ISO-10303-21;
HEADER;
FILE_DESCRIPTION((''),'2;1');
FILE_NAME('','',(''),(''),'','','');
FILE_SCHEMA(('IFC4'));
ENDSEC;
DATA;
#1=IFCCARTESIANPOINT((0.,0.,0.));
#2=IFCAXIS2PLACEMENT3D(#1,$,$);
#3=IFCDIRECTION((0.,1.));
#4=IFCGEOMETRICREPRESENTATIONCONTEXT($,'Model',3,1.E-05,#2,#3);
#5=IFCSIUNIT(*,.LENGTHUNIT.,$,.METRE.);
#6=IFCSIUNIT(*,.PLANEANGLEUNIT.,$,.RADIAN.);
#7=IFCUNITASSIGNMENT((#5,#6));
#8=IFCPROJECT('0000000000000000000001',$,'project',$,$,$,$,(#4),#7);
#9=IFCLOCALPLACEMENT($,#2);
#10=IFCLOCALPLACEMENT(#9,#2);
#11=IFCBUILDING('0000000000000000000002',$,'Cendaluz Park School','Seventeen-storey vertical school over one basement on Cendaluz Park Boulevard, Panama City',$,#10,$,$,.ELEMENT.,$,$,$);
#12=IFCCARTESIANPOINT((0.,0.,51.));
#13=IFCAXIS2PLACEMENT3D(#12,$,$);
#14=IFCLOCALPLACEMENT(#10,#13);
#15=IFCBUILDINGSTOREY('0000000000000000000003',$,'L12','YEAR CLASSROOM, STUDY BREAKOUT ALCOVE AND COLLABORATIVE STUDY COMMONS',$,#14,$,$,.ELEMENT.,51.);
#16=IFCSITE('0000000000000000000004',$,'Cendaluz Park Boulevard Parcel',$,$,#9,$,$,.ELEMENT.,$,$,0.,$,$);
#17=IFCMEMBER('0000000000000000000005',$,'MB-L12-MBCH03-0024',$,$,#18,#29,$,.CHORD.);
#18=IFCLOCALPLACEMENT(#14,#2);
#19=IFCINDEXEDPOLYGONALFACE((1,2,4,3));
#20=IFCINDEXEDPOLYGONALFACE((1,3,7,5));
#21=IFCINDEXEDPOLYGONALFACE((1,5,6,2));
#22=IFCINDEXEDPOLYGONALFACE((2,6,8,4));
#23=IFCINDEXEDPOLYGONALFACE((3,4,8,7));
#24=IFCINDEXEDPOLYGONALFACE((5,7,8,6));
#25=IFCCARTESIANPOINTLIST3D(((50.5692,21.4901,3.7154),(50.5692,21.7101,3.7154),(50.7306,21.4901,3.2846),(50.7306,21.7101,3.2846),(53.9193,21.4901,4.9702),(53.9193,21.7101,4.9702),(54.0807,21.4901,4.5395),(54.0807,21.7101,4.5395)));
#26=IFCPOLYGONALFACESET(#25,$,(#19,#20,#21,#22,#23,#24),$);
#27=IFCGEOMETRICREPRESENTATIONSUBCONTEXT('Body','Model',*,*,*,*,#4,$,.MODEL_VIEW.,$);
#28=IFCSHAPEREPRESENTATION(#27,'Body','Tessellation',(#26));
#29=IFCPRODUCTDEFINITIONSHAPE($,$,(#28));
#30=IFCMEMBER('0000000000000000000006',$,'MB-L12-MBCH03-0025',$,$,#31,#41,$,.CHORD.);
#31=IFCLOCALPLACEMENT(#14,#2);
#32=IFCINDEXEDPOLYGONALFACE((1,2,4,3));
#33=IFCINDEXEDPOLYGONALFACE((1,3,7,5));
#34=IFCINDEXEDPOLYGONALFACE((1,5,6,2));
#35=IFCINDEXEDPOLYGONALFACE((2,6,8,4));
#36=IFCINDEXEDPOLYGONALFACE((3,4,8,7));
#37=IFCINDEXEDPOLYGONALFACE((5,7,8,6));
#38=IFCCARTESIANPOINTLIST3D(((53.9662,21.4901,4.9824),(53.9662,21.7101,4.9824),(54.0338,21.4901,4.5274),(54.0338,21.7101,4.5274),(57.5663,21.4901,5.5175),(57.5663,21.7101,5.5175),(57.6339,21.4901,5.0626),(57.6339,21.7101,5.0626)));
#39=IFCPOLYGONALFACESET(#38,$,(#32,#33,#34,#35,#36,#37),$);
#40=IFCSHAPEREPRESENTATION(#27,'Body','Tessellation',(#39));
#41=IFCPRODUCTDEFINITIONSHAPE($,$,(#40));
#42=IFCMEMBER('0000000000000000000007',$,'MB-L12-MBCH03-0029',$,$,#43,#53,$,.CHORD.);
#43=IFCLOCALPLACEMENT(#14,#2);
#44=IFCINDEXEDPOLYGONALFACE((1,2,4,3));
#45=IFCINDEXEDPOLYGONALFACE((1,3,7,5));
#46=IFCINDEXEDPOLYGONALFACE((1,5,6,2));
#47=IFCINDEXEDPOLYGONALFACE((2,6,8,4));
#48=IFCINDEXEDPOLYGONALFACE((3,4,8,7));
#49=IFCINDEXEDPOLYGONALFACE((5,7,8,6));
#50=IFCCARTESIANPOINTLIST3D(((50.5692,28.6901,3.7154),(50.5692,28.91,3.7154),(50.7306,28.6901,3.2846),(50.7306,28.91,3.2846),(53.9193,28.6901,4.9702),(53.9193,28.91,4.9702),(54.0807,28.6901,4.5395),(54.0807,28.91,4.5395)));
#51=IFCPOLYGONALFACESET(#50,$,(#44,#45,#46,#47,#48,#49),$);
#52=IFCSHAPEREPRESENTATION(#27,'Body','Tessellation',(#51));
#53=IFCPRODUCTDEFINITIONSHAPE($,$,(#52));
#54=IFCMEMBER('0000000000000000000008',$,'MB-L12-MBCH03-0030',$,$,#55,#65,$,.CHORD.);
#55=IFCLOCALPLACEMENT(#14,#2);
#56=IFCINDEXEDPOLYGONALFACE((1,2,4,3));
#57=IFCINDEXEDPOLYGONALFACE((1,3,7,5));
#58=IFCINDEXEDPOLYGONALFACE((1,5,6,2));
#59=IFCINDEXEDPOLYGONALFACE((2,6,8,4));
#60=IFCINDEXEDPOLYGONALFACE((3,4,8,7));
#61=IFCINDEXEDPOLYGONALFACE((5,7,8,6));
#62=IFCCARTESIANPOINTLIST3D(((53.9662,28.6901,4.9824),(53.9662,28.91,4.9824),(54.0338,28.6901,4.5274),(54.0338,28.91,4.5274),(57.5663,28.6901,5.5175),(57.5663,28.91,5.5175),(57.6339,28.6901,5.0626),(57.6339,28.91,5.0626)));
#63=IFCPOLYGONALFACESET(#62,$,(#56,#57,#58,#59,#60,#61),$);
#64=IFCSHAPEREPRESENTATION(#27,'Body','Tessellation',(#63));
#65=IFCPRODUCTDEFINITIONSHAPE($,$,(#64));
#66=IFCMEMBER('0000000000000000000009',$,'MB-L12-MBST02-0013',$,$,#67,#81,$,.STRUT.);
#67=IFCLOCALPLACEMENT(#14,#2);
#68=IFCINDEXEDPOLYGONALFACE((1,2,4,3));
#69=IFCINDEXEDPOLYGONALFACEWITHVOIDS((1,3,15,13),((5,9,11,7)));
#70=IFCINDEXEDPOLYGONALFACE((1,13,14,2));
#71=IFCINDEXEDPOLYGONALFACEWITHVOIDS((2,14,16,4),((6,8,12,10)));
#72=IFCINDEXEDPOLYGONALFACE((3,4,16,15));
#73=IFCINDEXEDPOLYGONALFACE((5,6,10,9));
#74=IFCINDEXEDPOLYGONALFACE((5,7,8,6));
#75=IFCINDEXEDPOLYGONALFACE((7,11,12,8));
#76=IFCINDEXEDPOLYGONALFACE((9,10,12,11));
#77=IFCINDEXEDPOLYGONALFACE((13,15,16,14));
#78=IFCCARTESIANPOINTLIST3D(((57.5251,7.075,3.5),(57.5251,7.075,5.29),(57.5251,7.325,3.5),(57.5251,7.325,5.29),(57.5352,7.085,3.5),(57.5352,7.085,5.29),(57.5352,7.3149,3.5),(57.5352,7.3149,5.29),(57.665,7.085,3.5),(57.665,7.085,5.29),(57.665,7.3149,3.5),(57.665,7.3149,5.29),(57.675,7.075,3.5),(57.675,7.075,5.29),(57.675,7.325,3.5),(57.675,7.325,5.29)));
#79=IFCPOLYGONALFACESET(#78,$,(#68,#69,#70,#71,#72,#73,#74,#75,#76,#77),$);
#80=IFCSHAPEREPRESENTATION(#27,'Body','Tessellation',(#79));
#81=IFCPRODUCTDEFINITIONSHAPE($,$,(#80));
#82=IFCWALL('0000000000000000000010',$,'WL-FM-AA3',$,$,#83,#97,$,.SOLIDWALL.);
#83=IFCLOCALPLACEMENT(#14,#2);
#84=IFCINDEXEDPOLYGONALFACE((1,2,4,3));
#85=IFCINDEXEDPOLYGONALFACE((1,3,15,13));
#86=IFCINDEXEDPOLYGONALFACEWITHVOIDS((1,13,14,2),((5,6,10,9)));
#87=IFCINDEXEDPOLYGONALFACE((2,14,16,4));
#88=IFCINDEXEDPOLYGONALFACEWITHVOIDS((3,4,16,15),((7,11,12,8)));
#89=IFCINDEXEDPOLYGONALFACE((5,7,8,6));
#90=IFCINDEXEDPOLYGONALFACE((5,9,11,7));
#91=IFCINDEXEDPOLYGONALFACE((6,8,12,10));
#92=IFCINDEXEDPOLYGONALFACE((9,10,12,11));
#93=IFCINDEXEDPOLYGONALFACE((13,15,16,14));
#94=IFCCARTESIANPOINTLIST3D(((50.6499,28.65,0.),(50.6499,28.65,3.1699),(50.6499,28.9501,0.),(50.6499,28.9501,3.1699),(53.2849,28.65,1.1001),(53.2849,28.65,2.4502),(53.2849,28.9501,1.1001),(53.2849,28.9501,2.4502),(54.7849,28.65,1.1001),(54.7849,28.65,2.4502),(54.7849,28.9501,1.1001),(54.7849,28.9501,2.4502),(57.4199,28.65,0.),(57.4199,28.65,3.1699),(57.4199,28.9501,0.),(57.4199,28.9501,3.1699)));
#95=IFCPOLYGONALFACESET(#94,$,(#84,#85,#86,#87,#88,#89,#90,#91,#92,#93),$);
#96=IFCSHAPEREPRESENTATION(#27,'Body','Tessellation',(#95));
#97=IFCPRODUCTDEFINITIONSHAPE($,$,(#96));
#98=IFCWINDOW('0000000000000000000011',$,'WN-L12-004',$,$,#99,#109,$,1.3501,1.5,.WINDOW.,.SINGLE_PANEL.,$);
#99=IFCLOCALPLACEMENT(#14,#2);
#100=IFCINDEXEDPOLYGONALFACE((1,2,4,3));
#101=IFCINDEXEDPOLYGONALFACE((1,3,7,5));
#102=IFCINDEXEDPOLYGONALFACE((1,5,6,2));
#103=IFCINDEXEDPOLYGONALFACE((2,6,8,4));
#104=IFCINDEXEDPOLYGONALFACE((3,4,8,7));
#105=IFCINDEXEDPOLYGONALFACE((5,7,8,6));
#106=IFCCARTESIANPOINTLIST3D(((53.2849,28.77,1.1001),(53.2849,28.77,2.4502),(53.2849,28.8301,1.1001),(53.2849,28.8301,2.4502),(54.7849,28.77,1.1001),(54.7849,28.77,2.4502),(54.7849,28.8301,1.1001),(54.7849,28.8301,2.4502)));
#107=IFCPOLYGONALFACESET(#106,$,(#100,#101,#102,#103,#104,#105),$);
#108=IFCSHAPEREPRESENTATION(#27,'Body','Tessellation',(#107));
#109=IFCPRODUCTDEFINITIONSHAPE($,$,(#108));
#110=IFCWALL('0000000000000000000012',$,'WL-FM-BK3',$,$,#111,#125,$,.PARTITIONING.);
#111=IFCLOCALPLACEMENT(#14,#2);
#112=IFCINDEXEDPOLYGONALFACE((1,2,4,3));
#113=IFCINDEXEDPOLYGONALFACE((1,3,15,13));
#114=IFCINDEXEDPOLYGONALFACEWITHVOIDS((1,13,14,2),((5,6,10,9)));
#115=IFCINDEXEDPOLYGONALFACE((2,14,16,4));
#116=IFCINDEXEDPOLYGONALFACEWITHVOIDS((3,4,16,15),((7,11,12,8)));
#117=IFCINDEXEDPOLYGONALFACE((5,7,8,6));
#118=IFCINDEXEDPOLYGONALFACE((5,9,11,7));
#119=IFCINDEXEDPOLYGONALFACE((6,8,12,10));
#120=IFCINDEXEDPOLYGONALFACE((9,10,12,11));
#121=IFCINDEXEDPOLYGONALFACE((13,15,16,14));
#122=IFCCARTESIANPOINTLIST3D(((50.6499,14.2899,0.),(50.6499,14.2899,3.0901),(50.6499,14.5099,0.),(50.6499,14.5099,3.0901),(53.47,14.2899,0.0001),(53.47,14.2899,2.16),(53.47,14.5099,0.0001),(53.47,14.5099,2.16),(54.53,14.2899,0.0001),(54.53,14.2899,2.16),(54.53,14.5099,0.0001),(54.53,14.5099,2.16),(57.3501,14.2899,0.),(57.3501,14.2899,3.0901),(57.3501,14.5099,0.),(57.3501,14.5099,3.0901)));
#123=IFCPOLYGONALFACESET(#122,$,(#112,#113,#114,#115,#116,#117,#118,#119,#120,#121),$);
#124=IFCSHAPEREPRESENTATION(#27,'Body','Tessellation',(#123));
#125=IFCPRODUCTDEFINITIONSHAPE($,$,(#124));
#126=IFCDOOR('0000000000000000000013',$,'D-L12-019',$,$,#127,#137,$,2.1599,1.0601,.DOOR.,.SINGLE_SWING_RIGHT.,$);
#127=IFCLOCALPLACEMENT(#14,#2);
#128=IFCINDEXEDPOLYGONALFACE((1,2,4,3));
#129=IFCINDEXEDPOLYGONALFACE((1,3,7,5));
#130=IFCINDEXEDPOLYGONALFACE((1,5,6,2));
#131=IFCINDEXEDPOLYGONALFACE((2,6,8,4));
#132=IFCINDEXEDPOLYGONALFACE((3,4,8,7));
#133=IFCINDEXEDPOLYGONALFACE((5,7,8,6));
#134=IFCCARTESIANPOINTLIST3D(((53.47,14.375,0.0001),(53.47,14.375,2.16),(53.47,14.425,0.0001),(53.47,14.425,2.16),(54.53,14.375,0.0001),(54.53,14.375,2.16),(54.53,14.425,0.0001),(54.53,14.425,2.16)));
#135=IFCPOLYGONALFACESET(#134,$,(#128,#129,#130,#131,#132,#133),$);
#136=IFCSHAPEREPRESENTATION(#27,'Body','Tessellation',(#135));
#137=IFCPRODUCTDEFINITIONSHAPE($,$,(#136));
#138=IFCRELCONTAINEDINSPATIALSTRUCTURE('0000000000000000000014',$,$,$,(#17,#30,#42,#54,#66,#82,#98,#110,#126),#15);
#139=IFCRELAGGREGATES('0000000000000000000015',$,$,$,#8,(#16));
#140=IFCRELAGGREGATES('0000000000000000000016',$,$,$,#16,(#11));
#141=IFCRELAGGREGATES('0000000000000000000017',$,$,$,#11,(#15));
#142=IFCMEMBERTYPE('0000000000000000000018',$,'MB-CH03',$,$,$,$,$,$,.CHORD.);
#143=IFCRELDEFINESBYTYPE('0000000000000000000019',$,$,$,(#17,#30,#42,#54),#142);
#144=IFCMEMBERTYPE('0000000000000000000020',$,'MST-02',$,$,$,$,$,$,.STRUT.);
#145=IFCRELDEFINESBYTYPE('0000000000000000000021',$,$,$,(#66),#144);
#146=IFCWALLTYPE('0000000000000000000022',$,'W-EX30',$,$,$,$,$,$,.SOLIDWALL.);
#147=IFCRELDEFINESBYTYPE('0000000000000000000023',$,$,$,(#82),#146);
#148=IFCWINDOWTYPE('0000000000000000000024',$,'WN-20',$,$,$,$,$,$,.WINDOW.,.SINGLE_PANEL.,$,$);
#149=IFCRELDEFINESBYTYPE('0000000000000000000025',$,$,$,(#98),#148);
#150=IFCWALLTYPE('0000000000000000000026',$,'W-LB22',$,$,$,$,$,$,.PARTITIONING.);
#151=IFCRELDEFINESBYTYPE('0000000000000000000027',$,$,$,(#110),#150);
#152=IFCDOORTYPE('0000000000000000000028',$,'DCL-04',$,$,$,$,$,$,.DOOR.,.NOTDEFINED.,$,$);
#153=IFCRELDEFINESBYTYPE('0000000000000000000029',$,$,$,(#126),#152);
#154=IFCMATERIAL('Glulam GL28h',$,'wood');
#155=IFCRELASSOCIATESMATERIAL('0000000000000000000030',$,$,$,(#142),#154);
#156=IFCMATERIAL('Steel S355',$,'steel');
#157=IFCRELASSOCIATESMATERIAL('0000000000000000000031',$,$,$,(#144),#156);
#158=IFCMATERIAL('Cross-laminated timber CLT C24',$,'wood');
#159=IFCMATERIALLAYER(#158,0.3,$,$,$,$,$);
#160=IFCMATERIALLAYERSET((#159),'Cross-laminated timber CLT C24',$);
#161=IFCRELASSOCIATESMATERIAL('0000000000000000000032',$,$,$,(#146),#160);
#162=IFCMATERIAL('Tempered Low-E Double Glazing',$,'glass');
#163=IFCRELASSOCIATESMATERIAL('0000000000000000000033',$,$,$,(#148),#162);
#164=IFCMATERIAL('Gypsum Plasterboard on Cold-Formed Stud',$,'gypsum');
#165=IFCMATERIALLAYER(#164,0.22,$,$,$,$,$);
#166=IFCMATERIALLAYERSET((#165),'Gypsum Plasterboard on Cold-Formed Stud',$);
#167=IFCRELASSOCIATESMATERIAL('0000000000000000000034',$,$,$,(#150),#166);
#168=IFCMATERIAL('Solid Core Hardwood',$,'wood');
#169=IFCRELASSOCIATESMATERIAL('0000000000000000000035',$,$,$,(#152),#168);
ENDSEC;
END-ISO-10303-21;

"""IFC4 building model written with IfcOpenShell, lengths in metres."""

from ifc_helpers import new_model, si_unit, direction, frame, frame_2d, origin, origin_2d, place, context, subcontext, project, spatial, rectangle, hollow_rectangle, extrude, material, layer, layer_set, material_profile, profile_set, type_object, element, fill, save


model = new_model("IFC4")

# Units and contexts
model_context = context("Model", 3, precision=1e-05, world=origin(), true_north=direction((0.0, 1.0)))
body_context = subcontext(model_context, "Body", "Model", "MODEL_VIEW")
ifc_project = project(units=[si_unit("LENGTHUNIT", "METRE"), si_unit("PLANEANGLEUNIT", "RADIAN")], contexts=[model_context])

# Site, building, storey
site_placement = place(None, origin())
site = spatial("IfcSite", under=ifc_project, at=site_placement, Name="Cendaluz Park Boulevard Parcel", CompositionType="ELEMENT", RefElevation=0.0)
building_placement = place(site_placement, origin())
building = spatial("IfcBuilding", under=site, at=building_placement, Name="Cendaluz Park School", Description="Seventeen-storey vertical school over one basement on Cendaluz Park Boulevard, Panama City", CompositionType="ELEMENT")
storey_placement = place(building_placement, frame((0.0, 0.0, 51.0)))
storey = spatial("IfcBuildingStorey", under=building, at=storey_placement, Name="L12", Description="YEAR CLASSROOM, STUDY BREAKOUT ALCOVE AND COLLABORATIVE STUDY COMMONS", CompositionType="ELEMENT", Elevation=51.0)

# Shared definitions
ifc_material_1 = material(Name="Glulam GL28h", Category="wood")

# Members
ifc_material_profile_1 = material_profile(ifc_material_1, rectangle(XDim=0.22, YDim=0.46, at=origin_2d()), Name="GL28h 220x460", Category="wood")
ifc_profile_set_1 = profile_set([ifc_material_profile_1], Name="Glulam GL28h")
member_type_1 = type_object("IfcMemberType", Name="MB-CH03", PredefinedType="CHORD", material=ifc_profile_set_1)
member_1_placement = place(storey_placement, frame((50.6499, 21.6001, 3.5), z_axis=(0.936458, 0.0, 0.350779), x_axis=(0.0, 1.0, 0.0)))
element("IfcMember", 1, at=member_1_placement, inside=storey, type_object=member_type_1, Name="MB-L12-MBCH03-0024", PredefinedType="CHORD", context=body_context, shape_type="SweptSolid", body=[
    extrude(rectangle(XDim=0.22, YDim=0.46, at=origin_2d()), origin(), (0.0, 0.0, 1.0), 3.5774),
])
member_2_placement = place(storey_placement, frame((54.0, 21.6001, 4.7549), z_axis=(0.989131, 0.0, 0.147035), x_axis=(0.0, 1.0, 0.0)))
element("IfcMember", 2, at=member_2_placement, inside=storey, type_object=member_type_1, Name="MB-L12-MBCH03-0025", PredefinedType="CHORD", context=body_context, shape_type="SweptSolid", body=[
    extrude(rectangle(XDim=0.22, YDim=0.46, at=origin_2d()), origin(), (0.0, 0.0, 1.0), 3.6396),
])
member_3_placement = place(storey_placement, frame((50.6499, 28.8, 3.5), z_axis=(0.936458, 0.0, 0.350779), x_axis=(0.0, 1.0, 0.0)))
element("IfcMember", 3, at=member_3_placement, inside=storey, type_object=member_type_1, Name="MB-L12-MBCH03-0029", PredefinedType="CHORD", context=body_context, shape_type="SweptSolid", body=[
    extrude(rectangle(XDim=0.22, YDim=0.46, at=origin_2d()), origin(), (0.0, 0.0, 1.0), 3.5774),
])
member_4_placement = place(storey_placement, frame((54.0, 28.8, 4.7549), z_axis=(0.989131, 0.0, 0.147035), x_axis=(0.0, 1.0, 0.0)))
element("IfcMember", 4, at=member_4_placement, inside=storey, type_object=member_type_1, Name="MB-L12-MBCH03-0030", PredefinedType="CHORD", context=body_context, shape_type="SweptSolid", body=[
    extrude(rectangle(XDim=0.22, YDim=0.46, at=origin_2d()), origin(), (0.0, 0.0, 1.0), 3.6396),
])
ifc_material_2 = material(Name="Steel S355", Category="steel")
ifc_material_profile_2 = material_profile(ifc_material_2, hollow_rectangle(XDim=0.1499, YDim=0.25, WallThickness=0.01, at=origin_2d()), Name="RHS 250x150x10", Category="steel")
ifc_profile_set_2 = profile_set([ifc_material_profile_2], Name="Steel S355")
member_type_2 = type_object("IfcMemberType", Name="MST-02", PredefinedType="STRUT", material=ifc_profile_set_2)
member_5_placement = place(storey_placement, frame((57.6001, 7.2, 3.5), z_axis=(0.0, 0.0, 1.0), x_axis=(1.0, 0.0, 0.0)))
element("IfcMember", 5, at=member_5_placement, inside=storey, type_object=member_type_2, Name="MB-L12-MBST02-0013", PredefinedType="STRUT", context=body_context, shape_type="SweptSolid", body=[
    extrude(hollow_rectangle(XDim=0.1499, YDim=0.25, WallThickness=0.01, at=origin_2d()), origin(), (0.0, 0.0, 1.0), 1.79),
])

# Wall, opening, window
ifc_material_3 = material(Name="Cross-laminated timber CLT C24", Category="wood")
ifc_layer_1 = layer(ifc_material_3, 0.3)
ifc_layer_set_1 = layer_set([ifc_layer_1], Name="Cross-laminated timber CLT C24")
wall_type_1 = type_object("IfcWallType", Name="W-EX30", PredefinedType="SOLIDWALL", material=ifc_layer_set_1)
wall_1_placement = place(storey_placement, frame((50.6499, 28.8, 0.0), z_axis=(0.0, 0.0, 1.0), x_axis=(1.0, 0.0, 0.0)))
wall_1 = element("IfcWall", 6, at=wall_1_placement, inside=storey, type_object=wall_type_1, Name="WL-FM-AA3", PredefinedType="SOLIDWALL", context=body_context, shape_type="SweptSolid", body=[
    extrude(rectangle(XDim=6.77, YDim=0.3, at=frame_2d((3.385, 0.0))), origin(), (0.0, 0.0, 1.0), 3.1699),
])
opening_1_placement = place(wall_1_placement, frame((2.635, 0.0, 1.1001)))
opening_1 = element("IfcOpeningElement", 7, at=opening_1_placement, cuts=wall_1, PredefinedType="OPENING", context=body_context, shape_type="SweptSolid", body=[
    extrude(rectangle(XDim=1.5, YDim=1.3501, at=frame_2d((0.75, 0.675))), frame((0.0, 0.1621, 0.0), z_axis=(0.0, -1.0, 0.0), x_axis=(1.0, 0.0, 0.0)), (0.0, 0.0, 1.0), 0.324),
])
ifc_material_4 = material(Name="Tempered Low-E Double Glazing", Category="glass")
window_type = type_object("IfcWindowType", Name="WN-20", PartitioningType="SINGLE_PANEL", PredefinedType="WINDOW", material=ifc_material_4)
window_placement = place(opening_1_placement, origin())
window = element("IfcWindow", 8, at=window_placement, inside=storey, type_object=window_type, Name="WN-L12-004", OverallHeight=1.3501, OverallWidth=1.5, PartitioningType="SINGLE_PANEL", PredefinedType="WINDOW", context=body_context, shape_type="SweptSolid", body=[
    extrude(rectangle(XDim=1.5, YDim=1.3501, at=frame_2d((0.75, 0.675))), frame((0.0, 0.03, 0.0), z_axis=(0.0, -1.0, 0.0), x_axis=(1.0, 0.0, 0.0)), (0.0, 0.0, 1.0), 0.0601),
])
fill(opening_1, window)

# Wall, opening, door
ifc_material_5 = material(Name="Gypsum Plasterboard on Cold-Formed Stud", Category="gypsum")
ifc_layer_2 = layer(ifc_material_5, 0.22)
ifc_layer_set_2 = layer_set([ifc_layer_2], Name="Gypsum Plasterboard on Cold-Formed Stud")
wall_type_2 = type_object("IfcWallType", Name="W-LB22", PredefinedType="PARTITIONING", material=ifc_layer_set_2)
wall_2_placement = place(storey_placement, frame((50.6499, 14.3999, 0.0), z_axis=(0.0, 0.0, 1.0), x_axis=(1.0, 0.0, 0.0)))
wall_2 = element("IfcWall", 9, at=wall_2_placement, inside=storey, type_object=wall_type_2, Name="WL-FM-BK3", PredefinedType="PARTITIONING", context=body_context, shape_type="SweptSolid", body=[
    extrude(rectangle(XDim=6.7002, YDim=0.22, at=frame_2d((3.3501, 0.0))), origin(), (0.0, 0.0, 1.0), 3.0901),
])
opening_2_placement = place(wall_2_placement, frame((2.8201, 0.0, 0.0)))
opening_2 = element("IfcOpeningElement", 10, at=opening_2_placement, cuts=wall_2, PredefinedType="OPENING", context=body_context, shape_type="SweptSolid", body=[
    extrude(rectangle(XDim=1.0601, YDim=2.1599, at=frame_2d((0.53, 1.0801))), frame((0.0, 0.1221, 0.0), z_axis=(0.0, -1.0, 0.0), x_axis=(1.0, 0.0, 0.0)), (0.0, 0.0, 1.0), 0.2439),
])
ifc_material_6 = material(Name="Solid Core Hardwood", Category="wood")
door_type = type_object("IfcDoorType", Name="DCL-04", OperationType="NOTDEFINED", PredefinedType="DOOR", material=ifc_material_6)
door_placement = place(opening_2_placement, frame((1.0601, 0.0, 0.0), z_axis=(0.0, 0.0, 1.0), x_axis=(-1.0, 0.0, 0.0)))
door = element("IfcDoor", 11, at=door_placement, inside=storey, type_object=door_type, Name="D-L12-019", OperationType="SINGLE_SWING_RIGHT", OverallHeight=2.1599, OverallWidth=1.0601, PredefinedType="DOOR", context=body_context, shape_type="SweptSolid", body=[
    extrude(rectangle(XDim=1.0601, YDim=2.1599, at=frame_2d((0.53, 1.0801))), frame((0.0, 0.0249, 0.0), z_axis=(0.0, -1.0, 0.0), x_axis=(1.0, 0.0, 0.0)), (0.0, 0.0, 1.0), 0.05),
])
fill(opening_2, door)

save(model, "model.ifc")
